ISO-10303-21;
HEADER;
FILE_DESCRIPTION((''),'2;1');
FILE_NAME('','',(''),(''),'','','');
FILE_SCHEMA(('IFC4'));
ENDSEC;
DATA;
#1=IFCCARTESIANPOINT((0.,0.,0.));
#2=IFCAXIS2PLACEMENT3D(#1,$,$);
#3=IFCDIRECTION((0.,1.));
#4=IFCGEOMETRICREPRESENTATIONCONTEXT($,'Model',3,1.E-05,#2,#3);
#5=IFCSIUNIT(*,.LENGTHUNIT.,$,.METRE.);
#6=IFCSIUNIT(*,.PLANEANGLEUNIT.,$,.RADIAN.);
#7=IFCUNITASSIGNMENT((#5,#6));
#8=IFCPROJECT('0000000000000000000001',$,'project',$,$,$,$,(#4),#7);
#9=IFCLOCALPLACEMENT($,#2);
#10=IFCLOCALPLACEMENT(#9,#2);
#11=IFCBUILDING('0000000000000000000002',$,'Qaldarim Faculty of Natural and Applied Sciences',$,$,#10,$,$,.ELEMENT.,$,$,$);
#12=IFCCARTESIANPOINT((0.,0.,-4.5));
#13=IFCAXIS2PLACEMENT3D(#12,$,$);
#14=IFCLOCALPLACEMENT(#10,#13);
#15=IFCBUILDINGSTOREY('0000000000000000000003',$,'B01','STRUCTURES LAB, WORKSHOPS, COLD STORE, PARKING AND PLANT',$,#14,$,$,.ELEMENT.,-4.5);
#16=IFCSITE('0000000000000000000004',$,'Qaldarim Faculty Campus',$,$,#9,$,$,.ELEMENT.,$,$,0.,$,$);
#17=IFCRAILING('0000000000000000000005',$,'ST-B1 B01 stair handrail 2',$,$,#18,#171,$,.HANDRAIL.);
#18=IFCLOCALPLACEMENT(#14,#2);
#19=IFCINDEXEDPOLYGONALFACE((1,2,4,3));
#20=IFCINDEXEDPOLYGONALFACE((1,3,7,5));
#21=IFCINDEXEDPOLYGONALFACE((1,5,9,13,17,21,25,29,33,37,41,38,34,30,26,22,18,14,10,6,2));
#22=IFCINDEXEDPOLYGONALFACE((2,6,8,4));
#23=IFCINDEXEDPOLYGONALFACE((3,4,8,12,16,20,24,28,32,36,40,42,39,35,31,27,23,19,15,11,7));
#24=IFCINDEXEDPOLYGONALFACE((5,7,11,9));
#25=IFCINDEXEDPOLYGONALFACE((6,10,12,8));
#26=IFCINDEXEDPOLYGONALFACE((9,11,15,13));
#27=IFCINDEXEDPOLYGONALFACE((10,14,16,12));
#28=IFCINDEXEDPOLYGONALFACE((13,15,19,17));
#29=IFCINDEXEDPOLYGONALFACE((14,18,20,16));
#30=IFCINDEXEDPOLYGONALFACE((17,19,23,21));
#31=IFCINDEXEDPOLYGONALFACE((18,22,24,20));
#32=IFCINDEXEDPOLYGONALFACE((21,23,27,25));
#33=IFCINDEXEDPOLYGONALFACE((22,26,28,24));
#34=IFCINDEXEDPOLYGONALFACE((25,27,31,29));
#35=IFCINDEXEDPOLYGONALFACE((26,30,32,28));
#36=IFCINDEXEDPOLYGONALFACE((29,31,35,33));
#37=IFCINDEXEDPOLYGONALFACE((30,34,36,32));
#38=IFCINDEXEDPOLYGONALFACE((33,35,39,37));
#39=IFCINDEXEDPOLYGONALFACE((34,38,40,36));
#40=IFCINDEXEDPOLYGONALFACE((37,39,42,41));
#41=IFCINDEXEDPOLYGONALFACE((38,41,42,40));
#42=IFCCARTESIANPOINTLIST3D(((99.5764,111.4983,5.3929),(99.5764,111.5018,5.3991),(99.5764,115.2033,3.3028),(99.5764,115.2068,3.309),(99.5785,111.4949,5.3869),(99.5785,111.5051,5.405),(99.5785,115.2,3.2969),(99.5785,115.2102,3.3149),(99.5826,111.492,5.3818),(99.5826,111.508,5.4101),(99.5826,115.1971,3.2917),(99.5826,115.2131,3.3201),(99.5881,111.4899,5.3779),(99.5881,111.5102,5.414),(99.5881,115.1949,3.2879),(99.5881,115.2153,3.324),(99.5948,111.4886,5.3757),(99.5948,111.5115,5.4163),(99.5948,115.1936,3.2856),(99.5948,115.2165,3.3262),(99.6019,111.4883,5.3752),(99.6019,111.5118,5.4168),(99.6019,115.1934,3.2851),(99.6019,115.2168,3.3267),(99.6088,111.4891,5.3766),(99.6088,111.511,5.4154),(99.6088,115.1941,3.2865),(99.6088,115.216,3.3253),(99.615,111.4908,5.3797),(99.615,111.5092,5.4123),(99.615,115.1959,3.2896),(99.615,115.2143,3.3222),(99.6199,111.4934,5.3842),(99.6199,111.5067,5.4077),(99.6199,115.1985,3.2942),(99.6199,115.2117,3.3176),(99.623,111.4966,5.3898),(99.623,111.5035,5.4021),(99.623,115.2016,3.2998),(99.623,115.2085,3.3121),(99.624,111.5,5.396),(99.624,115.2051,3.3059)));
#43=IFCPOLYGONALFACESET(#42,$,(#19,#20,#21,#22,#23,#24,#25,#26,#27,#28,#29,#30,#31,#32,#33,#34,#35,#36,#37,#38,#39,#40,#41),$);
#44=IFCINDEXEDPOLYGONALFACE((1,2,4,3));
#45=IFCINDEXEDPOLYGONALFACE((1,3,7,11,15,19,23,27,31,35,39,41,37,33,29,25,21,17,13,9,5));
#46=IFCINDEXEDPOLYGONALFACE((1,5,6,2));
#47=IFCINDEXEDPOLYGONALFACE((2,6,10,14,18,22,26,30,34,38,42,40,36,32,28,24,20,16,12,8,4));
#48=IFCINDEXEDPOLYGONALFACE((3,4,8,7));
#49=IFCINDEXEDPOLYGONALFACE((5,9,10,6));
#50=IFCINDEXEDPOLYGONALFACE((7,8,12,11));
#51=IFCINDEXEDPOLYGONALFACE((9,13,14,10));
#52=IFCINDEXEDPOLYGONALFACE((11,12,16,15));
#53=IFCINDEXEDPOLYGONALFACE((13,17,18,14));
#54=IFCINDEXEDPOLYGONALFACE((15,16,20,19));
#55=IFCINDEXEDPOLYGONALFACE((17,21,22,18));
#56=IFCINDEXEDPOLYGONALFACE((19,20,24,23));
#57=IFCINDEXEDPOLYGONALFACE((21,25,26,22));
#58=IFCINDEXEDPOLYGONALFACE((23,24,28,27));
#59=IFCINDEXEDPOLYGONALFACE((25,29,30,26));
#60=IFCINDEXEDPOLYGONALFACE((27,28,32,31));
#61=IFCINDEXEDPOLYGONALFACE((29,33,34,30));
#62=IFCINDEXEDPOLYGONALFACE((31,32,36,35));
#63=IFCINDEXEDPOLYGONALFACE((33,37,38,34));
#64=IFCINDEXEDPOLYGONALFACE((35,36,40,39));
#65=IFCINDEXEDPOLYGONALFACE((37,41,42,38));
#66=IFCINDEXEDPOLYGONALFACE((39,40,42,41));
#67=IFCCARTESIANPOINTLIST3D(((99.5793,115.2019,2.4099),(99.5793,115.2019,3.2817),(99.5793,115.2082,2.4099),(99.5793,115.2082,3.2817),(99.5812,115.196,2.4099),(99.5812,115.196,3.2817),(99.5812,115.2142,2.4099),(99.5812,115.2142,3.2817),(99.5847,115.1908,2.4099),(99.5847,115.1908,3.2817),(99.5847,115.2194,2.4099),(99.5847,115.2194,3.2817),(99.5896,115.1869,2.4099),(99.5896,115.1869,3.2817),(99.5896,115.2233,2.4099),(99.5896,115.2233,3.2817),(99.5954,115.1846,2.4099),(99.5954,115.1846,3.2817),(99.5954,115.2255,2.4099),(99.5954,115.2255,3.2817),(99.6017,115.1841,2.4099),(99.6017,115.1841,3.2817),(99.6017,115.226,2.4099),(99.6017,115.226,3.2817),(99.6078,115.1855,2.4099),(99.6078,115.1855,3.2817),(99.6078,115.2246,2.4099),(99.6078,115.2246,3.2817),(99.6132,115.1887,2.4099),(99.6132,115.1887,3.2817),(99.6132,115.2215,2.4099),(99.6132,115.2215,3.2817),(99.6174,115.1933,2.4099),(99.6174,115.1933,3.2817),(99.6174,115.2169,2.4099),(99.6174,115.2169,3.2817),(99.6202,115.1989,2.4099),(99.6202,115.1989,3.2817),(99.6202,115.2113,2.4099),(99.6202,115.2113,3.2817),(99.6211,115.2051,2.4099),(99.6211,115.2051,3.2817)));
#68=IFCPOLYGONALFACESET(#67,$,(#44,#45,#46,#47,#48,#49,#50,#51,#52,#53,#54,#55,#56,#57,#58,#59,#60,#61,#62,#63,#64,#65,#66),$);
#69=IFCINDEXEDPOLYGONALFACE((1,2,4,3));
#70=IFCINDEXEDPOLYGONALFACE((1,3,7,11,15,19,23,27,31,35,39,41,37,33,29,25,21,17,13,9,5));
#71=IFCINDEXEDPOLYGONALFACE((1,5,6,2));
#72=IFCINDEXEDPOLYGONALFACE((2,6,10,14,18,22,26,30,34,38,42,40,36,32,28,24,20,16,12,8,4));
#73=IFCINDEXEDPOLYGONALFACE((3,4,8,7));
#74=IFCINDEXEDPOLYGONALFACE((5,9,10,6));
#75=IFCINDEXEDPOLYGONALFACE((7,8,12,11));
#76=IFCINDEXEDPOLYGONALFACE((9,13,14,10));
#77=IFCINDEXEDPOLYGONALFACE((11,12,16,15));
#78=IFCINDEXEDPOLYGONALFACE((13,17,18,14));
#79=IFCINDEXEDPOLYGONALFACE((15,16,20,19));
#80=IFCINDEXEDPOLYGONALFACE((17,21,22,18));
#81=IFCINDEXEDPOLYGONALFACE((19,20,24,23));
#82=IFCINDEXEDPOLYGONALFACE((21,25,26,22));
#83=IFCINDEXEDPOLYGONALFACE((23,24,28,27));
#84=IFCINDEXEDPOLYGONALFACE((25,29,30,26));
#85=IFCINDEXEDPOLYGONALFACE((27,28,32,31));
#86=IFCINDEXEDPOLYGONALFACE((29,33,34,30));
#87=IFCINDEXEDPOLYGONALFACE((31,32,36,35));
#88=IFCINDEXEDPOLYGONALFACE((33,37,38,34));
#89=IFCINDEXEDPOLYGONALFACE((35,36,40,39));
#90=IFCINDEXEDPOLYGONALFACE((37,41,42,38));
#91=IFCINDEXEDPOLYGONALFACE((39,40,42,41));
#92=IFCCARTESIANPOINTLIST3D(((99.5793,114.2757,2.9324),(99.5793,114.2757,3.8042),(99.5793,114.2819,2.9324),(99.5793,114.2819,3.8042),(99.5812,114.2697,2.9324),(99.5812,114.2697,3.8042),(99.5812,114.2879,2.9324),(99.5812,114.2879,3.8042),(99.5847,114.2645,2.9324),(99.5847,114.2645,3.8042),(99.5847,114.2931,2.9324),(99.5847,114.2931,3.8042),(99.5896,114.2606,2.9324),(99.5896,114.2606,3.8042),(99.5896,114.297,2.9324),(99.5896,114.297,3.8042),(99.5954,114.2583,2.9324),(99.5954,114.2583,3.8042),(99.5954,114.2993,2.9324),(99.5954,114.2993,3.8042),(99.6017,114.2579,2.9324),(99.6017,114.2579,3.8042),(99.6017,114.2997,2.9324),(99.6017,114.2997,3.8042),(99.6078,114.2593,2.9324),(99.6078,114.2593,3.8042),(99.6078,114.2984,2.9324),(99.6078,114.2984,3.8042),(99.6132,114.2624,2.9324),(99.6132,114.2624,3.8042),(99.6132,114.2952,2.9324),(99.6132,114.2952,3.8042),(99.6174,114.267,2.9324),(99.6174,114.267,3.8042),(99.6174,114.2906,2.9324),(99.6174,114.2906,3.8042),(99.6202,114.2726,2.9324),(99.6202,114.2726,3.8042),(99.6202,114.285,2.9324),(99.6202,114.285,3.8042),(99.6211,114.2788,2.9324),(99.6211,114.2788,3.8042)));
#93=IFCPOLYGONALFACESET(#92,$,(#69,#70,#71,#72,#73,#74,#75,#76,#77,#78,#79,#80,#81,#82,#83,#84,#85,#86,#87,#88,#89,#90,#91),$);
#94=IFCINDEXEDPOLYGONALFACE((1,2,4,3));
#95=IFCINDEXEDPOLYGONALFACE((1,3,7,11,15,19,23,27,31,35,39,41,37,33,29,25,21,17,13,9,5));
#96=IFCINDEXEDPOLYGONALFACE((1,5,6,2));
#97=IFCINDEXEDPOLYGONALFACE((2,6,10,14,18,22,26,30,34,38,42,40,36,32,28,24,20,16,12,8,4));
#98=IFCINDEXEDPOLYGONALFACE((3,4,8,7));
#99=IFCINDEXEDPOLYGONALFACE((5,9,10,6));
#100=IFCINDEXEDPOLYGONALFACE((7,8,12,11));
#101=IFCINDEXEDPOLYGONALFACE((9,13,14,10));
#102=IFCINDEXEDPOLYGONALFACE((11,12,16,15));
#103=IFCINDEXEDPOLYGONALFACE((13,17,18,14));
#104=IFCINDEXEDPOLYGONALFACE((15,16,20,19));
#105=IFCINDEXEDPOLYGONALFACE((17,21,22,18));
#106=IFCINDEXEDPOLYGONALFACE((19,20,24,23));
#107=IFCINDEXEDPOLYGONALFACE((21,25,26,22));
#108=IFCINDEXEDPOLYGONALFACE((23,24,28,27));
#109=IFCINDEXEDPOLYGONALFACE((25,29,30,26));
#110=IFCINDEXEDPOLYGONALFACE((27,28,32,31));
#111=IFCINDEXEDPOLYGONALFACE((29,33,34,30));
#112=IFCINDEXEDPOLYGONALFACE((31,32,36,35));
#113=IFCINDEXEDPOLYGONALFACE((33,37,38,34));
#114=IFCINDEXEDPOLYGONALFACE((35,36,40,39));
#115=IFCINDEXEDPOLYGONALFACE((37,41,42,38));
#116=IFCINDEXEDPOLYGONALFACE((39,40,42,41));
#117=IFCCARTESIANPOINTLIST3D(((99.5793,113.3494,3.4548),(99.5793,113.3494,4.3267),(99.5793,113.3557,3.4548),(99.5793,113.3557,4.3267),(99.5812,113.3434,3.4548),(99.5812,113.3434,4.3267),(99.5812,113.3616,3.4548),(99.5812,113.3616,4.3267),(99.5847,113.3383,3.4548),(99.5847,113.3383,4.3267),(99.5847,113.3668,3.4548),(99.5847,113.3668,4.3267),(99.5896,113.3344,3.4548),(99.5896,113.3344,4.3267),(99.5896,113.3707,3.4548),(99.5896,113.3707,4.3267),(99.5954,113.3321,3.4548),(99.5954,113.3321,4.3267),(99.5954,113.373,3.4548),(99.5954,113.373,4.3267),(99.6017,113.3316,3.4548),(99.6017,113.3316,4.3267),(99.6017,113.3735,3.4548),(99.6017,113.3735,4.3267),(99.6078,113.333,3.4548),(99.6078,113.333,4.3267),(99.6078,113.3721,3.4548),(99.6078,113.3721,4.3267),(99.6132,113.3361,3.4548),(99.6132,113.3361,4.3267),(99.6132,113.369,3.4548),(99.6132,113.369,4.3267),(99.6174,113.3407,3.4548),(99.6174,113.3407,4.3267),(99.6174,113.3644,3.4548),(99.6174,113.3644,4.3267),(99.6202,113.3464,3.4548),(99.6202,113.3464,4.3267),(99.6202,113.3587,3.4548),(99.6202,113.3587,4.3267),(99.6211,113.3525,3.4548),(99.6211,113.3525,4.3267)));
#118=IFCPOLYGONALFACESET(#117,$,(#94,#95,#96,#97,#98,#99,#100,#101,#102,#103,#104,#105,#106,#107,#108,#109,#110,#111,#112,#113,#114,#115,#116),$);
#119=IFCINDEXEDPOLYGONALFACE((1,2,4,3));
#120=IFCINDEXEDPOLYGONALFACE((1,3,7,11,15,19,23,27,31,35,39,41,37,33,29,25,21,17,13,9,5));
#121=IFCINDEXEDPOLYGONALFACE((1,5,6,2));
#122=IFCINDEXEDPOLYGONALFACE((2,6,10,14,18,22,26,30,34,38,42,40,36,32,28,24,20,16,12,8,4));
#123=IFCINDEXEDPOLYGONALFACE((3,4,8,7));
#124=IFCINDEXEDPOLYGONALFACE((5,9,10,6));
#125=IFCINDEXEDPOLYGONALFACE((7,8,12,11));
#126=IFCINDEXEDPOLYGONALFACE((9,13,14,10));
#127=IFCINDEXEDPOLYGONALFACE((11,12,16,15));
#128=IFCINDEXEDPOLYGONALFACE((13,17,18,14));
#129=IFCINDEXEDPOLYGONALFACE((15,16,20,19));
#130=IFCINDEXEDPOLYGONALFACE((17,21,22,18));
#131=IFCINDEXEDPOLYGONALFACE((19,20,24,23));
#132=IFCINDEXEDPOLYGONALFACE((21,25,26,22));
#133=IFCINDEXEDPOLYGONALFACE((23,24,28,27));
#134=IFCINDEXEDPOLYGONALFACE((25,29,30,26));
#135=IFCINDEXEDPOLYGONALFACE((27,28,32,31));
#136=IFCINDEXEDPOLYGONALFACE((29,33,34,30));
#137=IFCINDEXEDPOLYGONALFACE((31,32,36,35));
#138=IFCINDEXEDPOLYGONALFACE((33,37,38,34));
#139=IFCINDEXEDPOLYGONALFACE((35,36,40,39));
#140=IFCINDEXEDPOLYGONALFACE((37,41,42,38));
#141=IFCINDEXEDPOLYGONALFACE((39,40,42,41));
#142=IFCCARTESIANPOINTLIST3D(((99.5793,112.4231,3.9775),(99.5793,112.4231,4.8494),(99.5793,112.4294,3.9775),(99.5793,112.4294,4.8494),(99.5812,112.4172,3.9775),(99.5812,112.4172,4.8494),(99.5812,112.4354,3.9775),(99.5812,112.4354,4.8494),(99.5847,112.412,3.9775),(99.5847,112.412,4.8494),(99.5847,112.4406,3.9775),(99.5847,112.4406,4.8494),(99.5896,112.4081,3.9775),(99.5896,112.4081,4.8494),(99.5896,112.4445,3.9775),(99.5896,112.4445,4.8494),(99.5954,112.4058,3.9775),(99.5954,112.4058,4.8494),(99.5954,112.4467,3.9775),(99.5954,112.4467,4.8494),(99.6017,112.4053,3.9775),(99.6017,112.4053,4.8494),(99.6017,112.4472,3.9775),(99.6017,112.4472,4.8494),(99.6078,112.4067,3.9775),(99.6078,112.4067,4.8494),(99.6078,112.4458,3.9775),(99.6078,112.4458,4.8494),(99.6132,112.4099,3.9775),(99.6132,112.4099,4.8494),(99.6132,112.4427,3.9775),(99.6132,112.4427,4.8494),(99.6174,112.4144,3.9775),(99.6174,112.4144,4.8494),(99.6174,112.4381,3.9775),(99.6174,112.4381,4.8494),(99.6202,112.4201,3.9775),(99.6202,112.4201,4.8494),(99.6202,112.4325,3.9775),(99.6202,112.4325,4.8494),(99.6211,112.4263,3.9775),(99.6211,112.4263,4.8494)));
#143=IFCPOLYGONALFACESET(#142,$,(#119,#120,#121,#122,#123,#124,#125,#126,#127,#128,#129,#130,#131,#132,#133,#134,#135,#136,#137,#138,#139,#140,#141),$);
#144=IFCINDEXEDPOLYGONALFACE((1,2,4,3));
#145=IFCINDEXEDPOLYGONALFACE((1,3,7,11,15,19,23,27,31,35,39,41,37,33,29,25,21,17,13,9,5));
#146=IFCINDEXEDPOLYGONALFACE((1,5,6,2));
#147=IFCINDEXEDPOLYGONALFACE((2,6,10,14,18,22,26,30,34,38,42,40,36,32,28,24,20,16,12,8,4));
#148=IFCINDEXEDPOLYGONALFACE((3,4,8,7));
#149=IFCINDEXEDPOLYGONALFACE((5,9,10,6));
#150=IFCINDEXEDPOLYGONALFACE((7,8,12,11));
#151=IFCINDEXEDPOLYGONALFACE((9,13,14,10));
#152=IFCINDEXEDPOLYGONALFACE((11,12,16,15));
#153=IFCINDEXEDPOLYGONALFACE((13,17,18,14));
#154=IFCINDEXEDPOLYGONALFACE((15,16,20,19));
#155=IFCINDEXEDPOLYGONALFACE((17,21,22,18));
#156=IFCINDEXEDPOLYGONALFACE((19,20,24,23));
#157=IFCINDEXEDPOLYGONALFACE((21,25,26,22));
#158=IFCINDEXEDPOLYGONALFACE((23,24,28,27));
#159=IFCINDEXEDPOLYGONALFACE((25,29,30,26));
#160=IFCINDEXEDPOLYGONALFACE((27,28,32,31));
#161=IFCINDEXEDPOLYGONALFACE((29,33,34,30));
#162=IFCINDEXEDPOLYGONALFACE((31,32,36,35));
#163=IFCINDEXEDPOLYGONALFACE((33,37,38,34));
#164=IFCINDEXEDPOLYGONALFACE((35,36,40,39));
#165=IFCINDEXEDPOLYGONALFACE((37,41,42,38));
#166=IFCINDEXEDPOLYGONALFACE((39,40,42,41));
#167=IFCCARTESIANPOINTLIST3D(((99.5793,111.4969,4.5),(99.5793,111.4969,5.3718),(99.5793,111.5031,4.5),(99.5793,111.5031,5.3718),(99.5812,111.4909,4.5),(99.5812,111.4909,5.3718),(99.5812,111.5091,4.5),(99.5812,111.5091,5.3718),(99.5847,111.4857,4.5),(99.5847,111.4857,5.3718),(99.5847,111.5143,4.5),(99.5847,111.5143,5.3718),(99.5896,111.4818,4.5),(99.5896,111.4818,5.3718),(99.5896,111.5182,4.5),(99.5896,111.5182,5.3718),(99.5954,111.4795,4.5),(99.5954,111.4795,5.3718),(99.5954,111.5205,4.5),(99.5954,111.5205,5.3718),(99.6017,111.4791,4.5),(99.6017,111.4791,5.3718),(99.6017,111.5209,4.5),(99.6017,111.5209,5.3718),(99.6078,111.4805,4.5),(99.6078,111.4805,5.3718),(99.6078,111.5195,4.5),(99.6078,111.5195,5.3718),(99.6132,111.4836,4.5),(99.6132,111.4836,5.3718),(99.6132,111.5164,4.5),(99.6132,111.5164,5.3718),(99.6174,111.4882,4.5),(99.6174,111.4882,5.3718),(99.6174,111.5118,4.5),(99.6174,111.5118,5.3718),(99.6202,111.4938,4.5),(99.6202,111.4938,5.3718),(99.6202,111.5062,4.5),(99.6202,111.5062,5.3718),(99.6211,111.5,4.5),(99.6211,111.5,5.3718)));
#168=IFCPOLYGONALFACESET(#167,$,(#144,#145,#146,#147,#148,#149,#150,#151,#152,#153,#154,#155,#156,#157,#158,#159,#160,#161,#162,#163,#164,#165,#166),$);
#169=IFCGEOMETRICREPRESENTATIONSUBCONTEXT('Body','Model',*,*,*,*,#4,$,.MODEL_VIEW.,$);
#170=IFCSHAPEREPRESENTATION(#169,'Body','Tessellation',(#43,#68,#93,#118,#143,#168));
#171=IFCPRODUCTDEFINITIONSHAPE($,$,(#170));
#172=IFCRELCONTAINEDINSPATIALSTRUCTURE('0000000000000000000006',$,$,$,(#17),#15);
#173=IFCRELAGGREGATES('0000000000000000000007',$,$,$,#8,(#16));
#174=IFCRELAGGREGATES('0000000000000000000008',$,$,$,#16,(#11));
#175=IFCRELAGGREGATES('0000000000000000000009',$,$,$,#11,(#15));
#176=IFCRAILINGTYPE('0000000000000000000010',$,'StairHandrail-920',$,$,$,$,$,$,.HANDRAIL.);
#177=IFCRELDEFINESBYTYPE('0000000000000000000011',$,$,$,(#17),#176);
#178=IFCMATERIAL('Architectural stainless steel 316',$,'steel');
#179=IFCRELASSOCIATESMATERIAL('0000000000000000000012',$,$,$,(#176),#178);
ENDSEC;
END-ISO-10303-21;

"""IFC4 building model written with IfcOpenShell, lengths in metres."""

from ifc_helpers import new_model, si_unit, direction, frame, origin, origin_2d, place, context, subcontext, project, spatial, circle, extrude, material, type_object, element, save


model = new_model("IFC4")

# Units and contexts
model_context = context("Model", 3, precision=1e-05, world=origin(), true_north=direction((0.0, 1.0)))
body_context = subcontext(model_context, "Body", "Model", "MODEL_VIEW")
ifc_project = project(units=[si_unit("LENGTHUNIT", "METRE"), si_unit("PLANEANGLEUNIT", "RADIAN")], contexts=[model_context])

# Site, building, storey
site_placement = place(None, origin())
site = spatial("IfcSite", under=ifc_project, at=site_placement, Name="Qaldarim Faculty Campus", CompositionType="ELEMENT", RefElevation=0.0)
building_placement = place(site_placement, origin())
building = spatial("IfcBuilding", under=site, at=building_placement, Name="Qaldarim Faculty of Natural and Applied Sciences", CompositionType="ELEMENT")
storey_placement = place(building_placement, frame((0.0, 0.0, -4.5)))
storey = spatial("IfcBuildingStorey", under=building, at=storey_placement, Name="B01", Description="STRUCTURES LAB, WORKSHOPS, COLD STORE, PARKING AND PLANT", CompositionType="ELEMENT", Elevation=-4.5)

# Shared definitions
ifc_material_1 = material(Name="Architectural stainless steel 316", Category="steel")

# Railing
railing_type_1 = type_object("IfcRailingType", Name="StairHandrail-920", PredefinedType="HANDRAIL", material=ifc_material_1)
railing_1_placement = place(storey_placement, frame((99.6001, 115.2051, 2.4099)))
element("IfcRailing", 1, at=railing_1_placement, inside=storey, type_object=railing_type_1, Name="ST-B1 B01 stair handrail 2", PredefinedType="HANDRAIL", context=body_context, shape_type="SweptSolid", body=[
    extrude(circle(Radius=0.0239, at=origin_2d()), frame((0.0, 0.0, 0.896), z_axis=(0.0, -0.870974, 0.491329), x_axis=(1.0, 0.0, 0.0)), (0.0, 0.0, 1.0), 4.2539),
    extrude(circle(Radius=0.021, at=origin_2d()), origin(), (0.0, 0.0, 1.0), 0.8718),
    extrude(circle(Radius=0.021, at=origin_2d()), frame((0.0, -0.9263, 0.5225)), (0.0, 0.0, 1.0), 0.8718),
    extrude(circle(Radius=0.021, at=origin_2d()), frame((0.0, -1.8525, 1.0449)), (0.0, 0.0, 1.0), 0.8718),
    extrude(circle(Radius=0.021, at=origin_2d()), frame((0.0, -2.7788, 1.5676)), (0.0, 0.0, 1.0), 0.8718),
    extrude(circle(Radius=0.021, at=origin_2d()), frame((0.0, -3.7051, 2.0901)), (0.0, 0.0, 1.0), 0.8718),
])

save(model, "model.ifc")
